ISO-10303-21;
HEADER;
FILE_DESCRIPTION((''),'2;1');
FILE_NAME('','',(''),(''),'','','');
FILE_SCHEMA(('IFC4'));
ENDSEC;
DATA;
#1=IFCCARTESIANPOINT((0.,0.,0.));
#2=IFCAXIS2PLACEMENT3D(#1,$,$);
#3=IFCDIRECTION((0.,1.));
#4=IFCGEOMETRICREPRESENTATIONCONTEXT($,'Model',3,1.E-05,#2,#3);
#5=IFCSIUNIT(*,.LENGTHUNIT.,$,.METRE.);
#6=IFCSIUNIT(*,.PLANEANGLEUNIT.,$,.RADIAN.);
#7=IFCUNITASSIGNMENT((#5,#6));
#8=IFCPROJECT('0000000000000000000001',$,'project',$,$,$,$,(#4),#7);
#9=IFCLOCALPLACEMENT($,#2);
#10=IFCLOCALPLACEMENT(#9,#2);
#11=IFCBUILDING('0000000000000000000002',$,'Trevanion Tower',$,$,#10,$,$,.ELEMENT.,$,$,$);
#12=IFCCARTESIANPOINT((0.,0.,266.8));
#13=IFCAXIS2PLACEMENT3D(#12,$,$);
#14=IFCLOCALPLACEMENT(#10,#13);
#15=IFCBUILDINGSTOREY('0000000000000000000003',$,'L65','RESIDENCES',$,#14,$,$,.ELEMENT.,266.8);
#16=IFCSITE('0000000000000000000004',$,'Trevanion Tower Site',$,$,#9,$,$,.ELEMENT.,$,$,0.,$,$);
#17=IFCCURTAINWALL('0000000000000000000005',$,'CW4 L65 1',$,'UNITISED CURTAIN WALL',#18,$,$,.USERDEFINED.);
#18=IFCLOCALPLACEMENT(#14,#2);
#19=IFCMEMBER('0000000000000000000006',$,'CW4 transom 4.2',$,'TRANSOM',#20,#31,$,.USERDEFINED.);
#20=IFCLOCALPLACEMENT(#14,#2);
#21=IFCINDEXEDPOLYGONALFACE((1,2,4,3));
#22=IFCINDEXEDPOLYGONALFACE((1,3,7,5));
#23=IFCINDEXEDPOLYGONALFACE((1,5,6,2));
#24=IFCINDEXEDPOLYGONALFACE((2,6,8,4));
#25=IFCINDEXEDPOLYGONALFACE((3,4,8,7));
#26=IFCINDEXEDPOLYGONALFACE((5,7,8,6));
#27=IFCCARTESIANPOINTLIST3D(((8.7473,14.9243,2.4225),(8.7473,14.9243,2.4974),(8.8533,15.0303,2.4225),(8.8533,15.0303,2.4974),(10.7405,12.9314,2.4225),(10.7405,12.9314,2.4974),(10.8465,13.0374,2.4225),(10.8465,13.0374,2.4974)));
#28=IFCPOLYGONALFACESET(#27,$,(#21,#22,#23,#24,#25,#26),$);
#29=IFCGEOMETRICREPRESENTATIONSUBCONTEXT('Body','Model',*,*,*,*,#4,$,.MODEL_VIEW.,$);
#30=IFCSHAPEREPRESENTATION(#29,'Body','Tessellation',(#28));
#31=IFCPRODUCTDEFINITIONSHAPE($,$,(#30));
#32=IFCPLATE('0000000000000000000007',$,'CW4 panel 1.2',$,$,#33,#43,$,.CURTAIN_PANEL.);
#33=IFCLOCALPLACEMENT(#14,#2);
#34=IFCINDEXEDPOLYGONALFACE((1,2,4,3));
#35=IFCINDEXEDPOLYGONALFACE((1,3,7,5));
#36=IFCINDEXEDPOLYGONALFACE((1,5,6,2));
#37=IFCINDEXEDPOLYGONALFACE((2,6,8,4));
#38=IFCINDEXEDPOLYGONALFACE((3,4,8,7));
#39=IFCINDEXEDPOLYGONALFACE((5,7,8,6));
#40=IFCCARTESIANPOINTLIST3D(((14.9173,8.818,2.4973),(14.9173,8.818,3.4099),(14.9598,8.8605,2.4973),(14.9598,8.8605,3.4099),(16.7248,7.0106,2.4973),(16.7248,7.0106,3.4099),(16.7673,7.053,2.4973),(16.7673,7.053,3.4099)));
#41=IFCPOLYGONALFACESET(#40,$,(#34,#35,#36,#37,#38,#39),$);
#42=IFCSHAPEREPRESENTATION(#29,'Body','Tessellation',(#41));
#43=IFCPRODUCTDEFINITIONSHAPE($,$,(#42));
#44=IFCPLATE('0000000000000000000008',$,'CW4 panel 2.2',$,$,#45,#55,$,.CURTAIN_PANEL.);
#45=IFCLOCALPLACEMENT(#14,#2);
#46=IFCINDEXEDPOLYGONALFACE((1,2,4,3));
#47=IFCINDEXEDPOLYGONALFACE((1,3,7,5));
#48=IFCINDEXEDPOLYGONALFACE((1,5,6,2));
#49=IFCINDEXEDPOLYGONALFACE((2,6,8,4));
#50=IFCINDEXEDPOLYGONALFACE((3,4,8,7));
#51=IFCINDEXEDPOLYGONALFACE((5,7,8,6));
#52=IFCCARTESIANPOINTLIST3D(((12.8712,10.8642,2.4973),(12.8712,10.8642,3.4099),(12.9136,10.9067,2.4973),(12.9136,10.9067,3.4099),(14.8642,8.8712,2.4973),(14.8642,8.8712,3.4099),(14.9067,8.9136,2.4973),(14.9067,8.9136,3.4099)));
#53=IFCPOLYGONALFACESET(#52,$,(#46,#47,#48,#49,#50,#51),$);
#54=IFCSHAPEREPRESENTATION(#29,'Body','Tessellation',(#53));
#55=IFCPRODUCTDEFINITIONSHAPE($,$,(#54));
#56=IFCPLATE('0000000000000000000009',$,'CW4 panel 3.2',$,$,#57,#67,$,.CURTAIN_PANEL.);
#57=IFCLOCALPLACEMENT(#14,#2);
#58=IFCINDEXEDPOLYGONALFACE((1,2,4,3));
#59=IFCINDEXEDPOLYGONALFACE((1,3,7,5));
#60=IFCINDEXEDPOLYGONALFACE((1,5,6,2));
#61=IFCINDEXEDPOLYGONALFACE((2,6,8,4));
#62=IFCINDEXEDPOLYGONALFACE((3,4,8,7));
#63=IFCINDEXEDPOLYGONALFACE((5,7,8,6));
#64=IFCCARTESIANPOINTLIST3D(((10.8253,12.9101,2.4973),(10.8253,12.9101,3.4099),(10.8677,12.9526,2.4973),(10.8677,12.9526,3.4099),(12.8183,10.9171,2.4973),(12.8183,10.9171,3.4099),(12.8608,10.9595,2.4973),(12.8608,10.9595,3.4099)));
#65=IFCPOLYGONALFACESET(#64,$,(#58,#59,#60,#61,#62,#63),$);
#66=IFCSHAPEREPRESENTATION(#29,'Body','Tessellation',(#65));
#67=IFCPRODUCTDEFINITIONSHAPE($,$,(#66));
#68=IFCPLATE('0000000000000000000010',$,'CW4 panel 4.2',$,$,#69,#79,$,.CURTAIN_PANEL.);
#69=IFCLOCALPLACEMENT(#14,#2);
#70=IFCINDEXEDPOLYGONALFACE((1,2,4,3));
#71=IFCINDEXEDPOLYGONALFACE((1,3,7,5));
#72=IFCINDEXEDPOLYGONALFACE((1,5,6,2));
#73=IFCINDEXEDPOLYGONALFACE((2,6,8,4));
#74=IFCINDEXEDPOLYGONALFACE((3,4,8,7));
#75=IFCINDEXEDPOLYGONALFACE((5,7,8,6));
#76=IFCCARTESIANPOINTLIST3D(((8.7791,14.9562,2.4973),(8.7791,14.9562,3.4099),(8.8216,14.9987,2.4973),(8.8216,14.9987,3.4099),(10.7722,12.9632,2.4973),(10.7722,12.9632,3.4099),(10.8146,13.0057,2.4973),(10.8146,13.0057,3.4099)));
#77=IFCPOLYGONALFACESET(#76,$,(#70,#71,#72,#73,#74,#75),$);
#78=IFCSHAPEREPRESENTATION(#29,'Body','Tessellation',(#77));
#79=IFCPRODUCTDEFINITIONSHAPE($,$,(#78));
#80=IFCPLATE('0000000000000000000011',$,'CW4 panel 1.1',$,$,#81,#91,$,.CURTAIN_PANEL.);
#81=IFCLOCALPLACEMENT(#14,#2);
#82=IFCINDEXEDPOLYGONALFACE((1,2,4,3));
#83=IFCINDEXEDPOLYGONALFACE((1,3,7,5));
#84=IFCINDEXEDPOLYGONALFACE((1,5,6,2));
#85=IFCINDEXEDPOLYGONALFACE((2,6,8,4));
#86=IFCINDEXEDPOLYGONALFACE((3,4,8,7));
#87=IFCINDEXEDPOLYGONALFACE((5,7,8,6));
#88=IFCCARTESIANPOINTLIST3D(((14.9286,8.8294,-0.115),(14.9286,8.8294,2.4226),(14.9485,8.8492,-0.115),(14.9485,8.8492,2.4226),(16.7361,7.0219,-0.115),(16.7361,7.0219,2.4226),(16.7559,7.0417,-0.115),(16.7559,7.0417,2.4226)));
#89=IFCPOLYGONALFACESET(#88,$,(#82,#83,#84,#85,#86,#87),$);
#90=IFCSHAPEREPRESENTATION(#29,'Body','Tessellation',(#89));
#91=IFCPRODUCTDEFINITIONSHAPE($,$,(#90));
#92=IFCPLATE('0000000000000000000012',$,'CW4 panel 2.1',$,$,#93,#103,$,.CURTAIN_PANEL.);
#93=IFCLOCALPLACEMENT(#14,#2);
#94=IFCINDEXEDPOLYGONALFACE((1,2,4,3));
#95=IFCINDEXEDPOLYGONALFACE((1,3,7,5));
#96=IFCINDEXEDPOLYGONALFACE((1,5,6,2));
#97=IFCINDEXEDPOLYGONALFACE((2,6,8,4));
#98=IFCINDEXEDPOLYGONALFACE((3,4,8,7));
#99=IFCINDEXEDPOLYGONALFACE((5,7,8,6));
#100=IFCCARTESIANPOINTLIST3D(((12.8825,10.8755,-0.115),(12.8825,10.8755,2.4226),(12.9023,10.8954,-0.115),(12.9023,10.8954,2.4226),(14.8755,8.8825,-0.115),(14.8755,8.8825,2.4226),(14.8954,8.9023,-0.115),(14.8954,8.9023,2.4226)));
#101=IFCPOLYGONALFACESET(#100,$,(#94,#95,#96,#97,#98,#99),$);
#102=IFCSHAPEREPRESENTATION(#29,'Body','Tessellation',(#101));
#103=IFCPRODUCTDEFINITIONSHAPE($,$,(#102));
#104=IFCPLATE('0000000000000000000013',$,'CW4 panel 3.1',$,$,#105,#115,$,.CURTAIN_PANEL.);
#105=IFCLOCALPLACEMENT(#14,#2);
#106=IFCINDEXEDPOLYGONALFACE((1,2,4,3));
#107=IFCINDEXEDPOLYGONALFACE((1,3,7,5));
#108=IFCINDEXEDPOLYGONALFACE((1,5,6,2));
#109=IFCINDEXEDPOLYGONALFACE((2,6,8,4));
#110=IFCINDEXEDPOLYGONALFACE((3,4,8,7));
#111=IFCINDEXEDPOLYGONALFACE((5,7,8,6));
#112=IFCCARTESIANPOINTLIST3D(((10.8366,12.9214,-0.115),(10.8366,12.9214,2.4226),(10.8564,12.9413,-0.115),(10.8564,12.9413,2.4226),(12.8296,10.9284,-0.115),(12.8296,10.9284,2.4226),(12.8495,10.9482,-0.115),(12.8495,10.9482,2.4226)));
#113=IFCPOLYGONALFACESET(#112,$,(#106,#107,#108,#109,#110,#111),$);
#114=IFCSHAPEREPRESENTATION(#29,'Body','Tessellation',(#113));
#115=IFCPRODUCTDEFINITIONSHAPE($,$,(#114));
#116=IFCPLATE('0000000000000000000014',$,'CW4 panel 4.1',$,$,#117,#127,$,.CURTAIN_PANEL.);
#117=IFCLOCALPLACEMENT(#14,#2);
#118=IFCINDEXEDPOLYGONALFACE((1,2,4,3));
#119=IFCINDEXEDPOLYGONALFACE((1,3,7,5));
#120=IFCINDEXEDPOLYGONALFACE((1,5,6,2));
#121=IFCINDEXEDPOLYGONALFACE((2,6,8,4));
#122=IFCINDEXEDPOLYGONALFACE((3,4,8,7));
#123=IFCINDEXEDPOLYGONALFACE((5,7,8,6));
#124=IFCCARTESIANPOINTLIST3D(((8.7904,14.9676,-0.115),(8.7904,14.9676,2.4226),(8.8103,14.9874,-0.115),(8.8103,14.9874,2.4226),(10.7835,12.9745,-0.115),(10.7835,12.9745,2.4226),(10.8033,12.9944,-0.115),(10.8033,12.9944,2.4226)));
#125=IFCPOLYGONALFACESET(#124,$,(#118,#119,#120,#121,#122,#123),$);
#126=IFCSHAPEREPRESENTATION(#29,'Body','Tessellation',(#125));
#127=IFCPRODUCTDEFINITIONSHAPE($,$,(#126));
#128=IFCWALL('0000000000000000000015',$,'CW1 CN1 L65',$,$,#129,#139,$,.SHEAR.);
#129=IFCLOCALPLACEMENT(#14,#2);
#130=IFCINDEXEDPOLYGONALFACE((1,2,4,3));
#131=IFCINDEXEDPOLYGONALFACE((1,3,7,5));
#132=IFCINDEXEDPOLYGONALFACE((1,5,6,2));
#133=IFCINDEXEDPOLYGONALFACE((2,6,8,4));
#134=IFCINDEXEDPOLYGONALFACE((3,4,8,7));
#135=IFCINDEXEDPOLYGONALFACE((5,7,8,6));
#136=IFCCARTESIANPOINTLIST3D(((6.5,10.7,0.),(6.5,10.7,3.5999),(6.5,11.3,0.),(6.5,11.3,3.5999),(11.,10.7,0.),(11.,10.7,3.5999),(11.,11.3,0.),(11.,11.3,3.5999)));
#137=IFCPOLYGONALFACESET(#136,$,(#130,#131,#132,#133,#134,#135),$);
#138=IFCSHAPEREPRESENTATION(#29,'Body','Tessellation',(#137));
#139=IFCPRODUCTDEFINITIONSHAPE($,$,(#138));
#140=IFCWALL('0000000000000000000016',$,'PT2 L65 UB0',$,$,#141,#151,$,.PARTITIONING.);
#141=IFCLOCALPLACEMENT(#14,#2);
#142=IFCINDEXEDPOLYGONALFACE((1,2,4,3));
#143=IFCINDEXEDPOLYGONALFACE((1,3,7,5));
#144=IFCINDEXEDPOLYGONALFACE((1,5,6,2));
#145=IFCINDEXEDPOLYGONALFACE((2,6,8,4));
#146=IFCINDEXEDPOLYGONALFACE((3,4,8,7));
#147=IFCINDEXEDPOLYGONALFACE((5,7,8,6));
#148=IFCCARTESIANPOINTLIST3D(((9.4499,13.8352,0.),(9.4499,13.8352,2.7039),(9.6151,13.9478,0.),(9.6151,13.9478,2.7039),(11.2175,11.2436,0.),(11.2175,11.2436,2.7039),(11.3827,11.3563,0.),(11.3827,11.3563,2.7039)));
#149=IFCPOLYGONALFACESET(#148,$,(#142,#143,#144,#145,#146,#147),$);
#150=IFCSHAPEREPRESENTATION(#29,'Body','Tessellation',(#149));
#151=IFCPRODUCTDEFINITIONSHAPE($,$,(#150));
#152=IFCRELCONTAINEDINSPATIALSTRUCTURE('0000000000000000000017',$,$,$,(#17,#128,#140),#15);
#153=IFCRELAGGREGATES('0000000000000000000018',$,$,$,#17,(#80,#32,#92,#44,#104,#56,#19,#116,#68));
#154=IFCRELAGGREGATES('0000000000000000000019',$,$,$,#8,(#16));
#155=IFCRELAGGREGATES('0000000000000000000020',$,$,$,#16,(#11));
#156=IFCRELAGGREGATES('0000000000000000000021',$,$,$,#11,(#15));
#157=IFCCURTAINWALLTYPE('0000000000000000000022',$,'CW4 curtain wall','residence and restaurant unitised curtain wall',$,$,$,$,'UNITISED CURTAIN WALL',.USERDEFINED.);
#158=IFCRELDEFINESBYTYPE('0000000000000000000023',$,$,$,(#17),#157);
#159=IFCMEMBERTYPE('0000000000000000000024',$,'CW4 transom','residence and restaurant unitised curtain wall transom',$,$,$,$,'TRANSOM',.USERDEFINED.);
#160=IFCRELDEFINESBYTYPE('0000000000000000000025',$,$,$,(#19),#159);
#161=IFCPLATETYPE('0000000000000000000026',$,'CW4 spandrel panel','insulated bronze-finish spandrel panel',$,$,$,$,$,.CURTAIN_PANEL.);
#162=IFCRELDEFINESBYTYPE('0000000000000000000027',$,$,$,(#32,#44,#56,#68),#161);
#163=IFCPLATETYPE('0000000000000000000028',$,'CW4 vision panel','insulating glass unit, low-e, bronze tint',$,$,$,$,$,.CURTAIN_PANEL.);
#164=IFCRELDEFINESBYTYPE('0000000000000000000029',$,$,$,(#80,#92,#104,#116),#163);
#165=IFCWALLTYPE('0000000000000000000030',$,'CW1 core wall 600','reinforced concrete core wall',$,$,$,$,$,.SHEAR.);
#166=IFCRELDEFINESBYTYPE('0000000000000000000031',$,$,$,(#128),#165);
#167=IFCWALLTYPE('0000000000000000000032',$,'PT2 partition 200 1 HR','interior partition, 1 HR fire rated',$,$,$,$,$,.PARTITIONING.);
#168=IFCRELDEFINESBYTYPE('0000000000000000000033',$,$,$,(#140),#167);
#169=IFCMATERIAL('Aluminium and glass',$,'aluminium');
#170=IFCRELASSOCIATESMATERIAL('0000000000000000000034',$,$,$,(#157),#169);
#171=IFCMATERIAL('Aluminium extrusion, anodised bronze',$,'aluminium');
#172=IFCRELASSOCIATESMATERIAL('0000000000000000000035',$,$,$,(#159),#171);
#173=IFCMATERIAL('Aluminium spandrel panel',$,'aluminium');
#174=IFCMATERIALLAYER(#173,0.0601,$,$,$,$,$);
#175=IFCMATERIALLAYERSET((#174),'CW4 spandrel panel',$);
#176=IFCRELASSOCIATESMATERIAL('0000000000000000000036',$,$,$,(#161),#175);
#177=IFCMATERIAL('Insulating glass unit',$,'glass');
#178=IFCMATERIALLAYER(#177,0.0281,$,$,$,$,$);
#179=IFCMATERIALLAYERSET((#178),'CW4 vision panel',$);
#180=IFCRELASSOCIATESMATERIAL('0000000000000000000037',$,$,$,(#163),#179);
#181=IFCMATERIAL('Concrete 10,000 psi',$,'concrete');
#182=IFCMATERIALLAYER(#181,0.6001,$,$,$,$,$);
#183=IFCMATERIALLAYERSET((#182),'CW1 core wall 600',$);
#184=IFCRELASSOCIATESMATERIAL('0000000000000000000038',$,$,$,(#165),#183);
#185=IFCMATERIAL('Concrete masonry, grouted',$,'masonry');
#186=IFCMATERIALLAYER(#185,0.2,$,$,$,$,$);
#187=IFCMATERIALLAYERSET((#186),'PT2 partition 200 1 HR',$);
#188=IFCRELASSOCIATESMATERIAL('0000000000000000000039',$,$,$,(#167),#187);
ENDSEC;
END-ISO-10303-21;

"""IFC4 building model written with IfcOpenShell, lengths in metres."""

from ifc_helpers import new_model, si_unit, direction, frame, frame_2d, origin, origin_2d, place, context, subcontext, project, spatial, rectangle, extrude, material, layer, layer_set, material_profile, profile_set, type_object, element, aggregate, save


model = new_model("IFC4")

# Units and contexts
model_context = context("Model", 3, precision=1e-05, world=origin(), true_north=direction((0.0, 1.0)))
body_context = subcontext(model_context, "Body", "Model", "MODEL_VIEW")
ifc_project = project(units=[si_unit("LENGTHUNIT", "METRE"), si_unit("PLANEANGLEUNIT", "RADIAN")], contexts=[model_context])

# Site, building, storey
site_placement = place(None, origin())
site = spatial("IfcSite", under=ifc_project, at=site_placement, Name="Trevanion Tower Site", CompositionType="ELEMENT", RefElevation=0.0)
building_placement = place(site_placement, origin())
building = spatial("IfcBuilding", under=site, at=building_placement, Name="Trevanion Tower", CompositionType="ELEMENT")
storey_placement = place(building_placement, frame((0.0, 0.0, 266.8)))
storey = spatial("IfcBuildingStorey", under=building, at=storey_placement, Name="L65", Description="RESIDENCES", CompositionType="ELEMENT", Elevation=266.8)

# Curtain wall, member, plates
ifc_material_1 = material(Name="Aluminium and glass", Category="aluminium")
curtain_wall_type = type_object("IfcCurtainWallType", Name="CW4 curtain wall", Description="residence and restaurant unitised curtain wall", ElementType="UNITISED CURTAIN WALL", PredefinedType="USERDEFINED", material=ifc_material_1)
curtain_wall_placement = place(storey_placement, origin())
curtain_wall = element("IfcCurtainWall", 1, at=curtain_wall_placement, inside=storey, type_object=curtain_wall_type, Name="CW4 L65 1", ObjectType="UNITISED CURTAIN WALL", PredefinedType="USERDEFINED")
ifc_material_2 = material(Name="Aluminium extrusion, anodised bronze", Category="aluminium")
ifc_material_profile_1 = material_profile(ifc_material_2, rectangle(XDim=0.1499, YDim=0.075, at=origin_2d()), Name="CW4 transom")
ifc_profile_set_1 = profile_set([ifc_material_profile_1], Name="Aluminium extrusion, anodised bronze")
member_type_1 = type_object("IfcMemberType", Name="CW4 transom", Description="residence and restaurant unitised curtain wall transom", ElementType="TRANSOM", PredefinedType="USERDEFINED", material=ifc_profile_set_1)
member_1_placement = place(storey_placement, frame((10.7935, 12.9844, 2.46), z_axis=(-0.70715, 0.707063, 0.0), x_axis=(-0.707063, -0.70715, 0.0)))
member_1 = element("IfcMember", 2, at=member_1_placement, type_object=member_type_1, Name="CW4 transom 4.2", ObjectType="TRANSOM", PredefinedType="USERDEFINED", context=body_context, shape_type="SweptSolid", body=[
    extrude(rectangle(XDim=0.1499, YDim=0.075, at=origin_2d()), origin(), (0.0, 0.0, 1.0), 2.8186),
])
ifc_material_3 = material(Name="Aluminium spandrel panel", Category="aluminium")
ifc_layer_1 = layer(ifc_material_3, 0.0601)
ifc_layer_set_1 = layer_set([ifc_layer_1], Name="CW4 spandrel panel")
plate_type_1 = type_object("IfcPlateType", Name="CW4 spandrel panel", Description="insulated bronze-finish spandrel panel", PredefinedType="CURTAIN_PANEL", material=ifc_layer_set_1)
plate_1_placement = place(storey_placement, frame((15.8423, 7.9355, 2.4973), z_axis=(0.0, 0.0, 1.0), x_axis=(-0.707107, 0.707107, 0.0)))
plate_1 = element("IfcPlate", 3, at=plate_1_placement, type_object=plate_type_1, Name="CW4 panel 1.2", PredefinedType="CURTAIN_PANEL", context=body_context, shape_type="SweptSolid", body=[
    extrude(rectangle(XDim=2.5562, YDim=0.0601, at=origin_2d()), origin(), (0.0, 0.0, 1.0), 0.9126),
])
plate_2_placement = place(storey_placement, frame((13.8889, 9.8889, 2.4973), z_axis=(0.0, 0.0, 1.0), x_axis=(-0.707107, 0.707107, 0.0)))
plate_2 = element("IfcPlate", 4, at=plate_2_placement, type_object=plate_type_1, Name="CW4 panel 2.2", PredefinedType="CURTAIN_PANEL", context=body_context, shape_type="SweptSolid", body=[
    extrude(rectangle(XDim=2.8186, YDim=0.0601, at=origin_2d()), origin(), (0.0, 0.0, 1.0), 0.9126),
])
plate_3_placement = place(storey_placement, frame((11.843, 11.9348, 2.4973), z_axis=(0.0, 0.0, 1.0), x_axis=(-0.707107, 0.707107, 0.0)))
plate_3 = element("IfcPlate", 5, at=plate_3_placement, type_object=plate_type_1, Name="CW4 panel 3.2", PredefinedType="CURTAIN_PANEL", context=body_context, shape_type="SweptSolid", body=[
    extrude(rectangle(XDim=2.8186, YDim=0.0601, at=origin_2d()), origin(), (0.0, 0.0, 1.0), 0.9126),
])
plate_4_placement = place(storey_placement, frame((9.7969, 13.981, 2.4973), z_axis=(0.0, 0.0, 1.0), x_axis=(-0.707107, 0.707107, 0.0)))
plate_4 = element("IfcPlate", 6, at=plate_4_placement, type_object=plate_type_1, Name="CW4 panel 4.2", PredefinedType="CURTAIN_PANEL", context=body_context, shape_type="SweptSolid", body=[
    extrude(rectangle(XDim=2.8186, YDim=0.0601, at=origin_2d()), origin(), (0.0, 0.0, 1.0), 0.9126),
])
ifc_material_4 = material(Name="Insulating glass unit", Category="glass")
ifc_layer_2 = layer(ifc_material_4, 0.0281)
ifc_layer_set_2 = layer_set([ifc_layer_2], Name="CW4 vision panel")
plate_type_2 = type_object("IfcPlateType", Name="CW4 vision panel", Description="insulating glass unit, low-e, bronze tint", PredefinedType="CURTAIN_PANEL", material=ifc_layer_set_2)
plate_5_placement = place(storey_placement, frame((15.8423, 7.9355, -0.115), z_axis=(0.0, 0.0, 1.0), x_axis=(-0.707107, 0.707107, 0.0)))
plate_5 = element("IfcPlate", 7, at=plate_5_placement, type_object=plate_type_2, Name="CW4 panel 1.1", PredefinedType="CURTAIN_PANEL", context=body_context, shape_type="SweptSolid", body=[
    extrude(rectangle(XDim=2.5562, YDim=0.0281, at=origin_2d()), origin(), (0.0, 0.0, 1.0), 2.5376),
])
plate_6_placement = place(storey_placement, frame((13.8889, 9.8889, -0.115), z_axis=(0.0, 0.0, 1.0), x_axis=(-0.707107, 0.707107, 0.0)))
plate_6 = element("IfcPlate", 8, at=plate_6_placement, type_object=plate_type_2, Name="CW4 panel 2.1", PredefinedType="CURTAIN_PANEL", context=body_context, shape_type="SweptSolid", body=[
    extrude(rectangle(XDim=2.8186, YDim=0.0281, at=origin_2d()), origin(), (0.0, 0.0, 1.0), 2.5376),
])
plate_7_placement = place(storey_placement, frame((11.843, 11.9348, -0.115), z_axis=(0.0, 0.0, 1.0), x_axis=(-0.707107, 0.707107, 0.0)))
plate_7 = element("IfcPlate", 9, at=plate_7_placement, type_object=plate_type_2, Name="CW4 panel 3.1", PredefinedType="CURTAIN_PANEL", context=body_context, shape_type="SweptSolid", body=[
    extrude(rectangle(XDim=2.8186, YDim=0.0281, at=origin_2d()), origin(), (0.0, 0.0, 1.0), 2.5376),
])
plate_8_placement = place(storey_placement, frame((9.7969, 13.981, -0.115), z_axis=(0.0, 0.0, 1.0), x_axis=(-0.707107, 0.707107, 0.0)))
plate_8 = element("IfcPlate", 10, at=plate_8_placement, type_object=plate_type_2, Name="CW4 panel 4.1", PredefinedType="CURTAIN_PANEL", context=body_context, shape_type="SweptSolid", body=[
    extrude(rectangle(XDim=2.8186, YDim=0.0281, at=origin_2d()), origin(), (0.0, 0.0, 1.0), 2.5376),
])
aggregate(curtain_wall, [plate_5, plate_1, plate_6, plate_2, plate_7, plate_3, member_1, plate_8, plate_4])

# Walls
ifc_material_5 = material(Name="Concrete 10,000 psi", Category="concrete")
ifc_layer_3 = layer(ifc_material_5, 0.6001)
ifc_layer_set_3 = layer_set([ifc_layer_3], Name="CW1 core wall 600")
wall_type_1 = type_object("IfcWallType", Name="CW1 core wall 600", Description="reinforced concrete core wall", PredefinedType="SHEAR", material=ifc_layer_set_3)
wall_1_placement = place(storey_placement, frame((11.0, 11.0, 0.0), z_axis=(0.0, 0.0, 1.0), x_axis=(-1.0, 0.0, 0.0)))
element("IfcWall", 11, at=wall_1_placement, inside=storey, type_object=wall_type_1, Name="CW1 CN1 L65", PredefinedType="SHEAR", context=body_context, shape_type="SweptSolid", body=[
    extrude(rectangle(XDim=4.5, YDim=0.6001, at=frame_2d((2.25, 0.0))), origin(), (0.0, 0.0, 1.0), 3.5999),
])
ifc_material_6 = material(Name="Concrete masonry, grouted", Category="masonry")
ifc_layer_4 = layer(ifc_material_6, 0.2)
ifc_layer_set_4 = layer_set([ifc_layer_4], Name="PT2 partition 200 1 HR")
wall_type_2 = type_object("IfcWallType", Name="PT2 partition 200 1 HR", Description="interior partition, 1 HR fire rated", PredefinedType="PARTITIONING", material=ifc_layer_set_4)
wall_2_placement = place(storey_placement, frame((11.3, 11.3, 0.0), z_axis=(0.0, 0.0, 1.0), x_axis=(-0.56347, 0.826137, 0.0)))
element("IfcWall", 12, at=wall_2_placement, inside=storey, type_object=wall_type_2, Name="PT2 L65 UB0", PredefinedType="PARTITIONING", context=body_context, shape_type="SweptSolid", body=[
    extrude(rectangle(XDim=3.137, YDim=0.2, at=frame_2d((1.5684, 0.0))), origin(), (0.0, 0.0, 1.0), 2.7039),
])

save(model, "model.ifc")
